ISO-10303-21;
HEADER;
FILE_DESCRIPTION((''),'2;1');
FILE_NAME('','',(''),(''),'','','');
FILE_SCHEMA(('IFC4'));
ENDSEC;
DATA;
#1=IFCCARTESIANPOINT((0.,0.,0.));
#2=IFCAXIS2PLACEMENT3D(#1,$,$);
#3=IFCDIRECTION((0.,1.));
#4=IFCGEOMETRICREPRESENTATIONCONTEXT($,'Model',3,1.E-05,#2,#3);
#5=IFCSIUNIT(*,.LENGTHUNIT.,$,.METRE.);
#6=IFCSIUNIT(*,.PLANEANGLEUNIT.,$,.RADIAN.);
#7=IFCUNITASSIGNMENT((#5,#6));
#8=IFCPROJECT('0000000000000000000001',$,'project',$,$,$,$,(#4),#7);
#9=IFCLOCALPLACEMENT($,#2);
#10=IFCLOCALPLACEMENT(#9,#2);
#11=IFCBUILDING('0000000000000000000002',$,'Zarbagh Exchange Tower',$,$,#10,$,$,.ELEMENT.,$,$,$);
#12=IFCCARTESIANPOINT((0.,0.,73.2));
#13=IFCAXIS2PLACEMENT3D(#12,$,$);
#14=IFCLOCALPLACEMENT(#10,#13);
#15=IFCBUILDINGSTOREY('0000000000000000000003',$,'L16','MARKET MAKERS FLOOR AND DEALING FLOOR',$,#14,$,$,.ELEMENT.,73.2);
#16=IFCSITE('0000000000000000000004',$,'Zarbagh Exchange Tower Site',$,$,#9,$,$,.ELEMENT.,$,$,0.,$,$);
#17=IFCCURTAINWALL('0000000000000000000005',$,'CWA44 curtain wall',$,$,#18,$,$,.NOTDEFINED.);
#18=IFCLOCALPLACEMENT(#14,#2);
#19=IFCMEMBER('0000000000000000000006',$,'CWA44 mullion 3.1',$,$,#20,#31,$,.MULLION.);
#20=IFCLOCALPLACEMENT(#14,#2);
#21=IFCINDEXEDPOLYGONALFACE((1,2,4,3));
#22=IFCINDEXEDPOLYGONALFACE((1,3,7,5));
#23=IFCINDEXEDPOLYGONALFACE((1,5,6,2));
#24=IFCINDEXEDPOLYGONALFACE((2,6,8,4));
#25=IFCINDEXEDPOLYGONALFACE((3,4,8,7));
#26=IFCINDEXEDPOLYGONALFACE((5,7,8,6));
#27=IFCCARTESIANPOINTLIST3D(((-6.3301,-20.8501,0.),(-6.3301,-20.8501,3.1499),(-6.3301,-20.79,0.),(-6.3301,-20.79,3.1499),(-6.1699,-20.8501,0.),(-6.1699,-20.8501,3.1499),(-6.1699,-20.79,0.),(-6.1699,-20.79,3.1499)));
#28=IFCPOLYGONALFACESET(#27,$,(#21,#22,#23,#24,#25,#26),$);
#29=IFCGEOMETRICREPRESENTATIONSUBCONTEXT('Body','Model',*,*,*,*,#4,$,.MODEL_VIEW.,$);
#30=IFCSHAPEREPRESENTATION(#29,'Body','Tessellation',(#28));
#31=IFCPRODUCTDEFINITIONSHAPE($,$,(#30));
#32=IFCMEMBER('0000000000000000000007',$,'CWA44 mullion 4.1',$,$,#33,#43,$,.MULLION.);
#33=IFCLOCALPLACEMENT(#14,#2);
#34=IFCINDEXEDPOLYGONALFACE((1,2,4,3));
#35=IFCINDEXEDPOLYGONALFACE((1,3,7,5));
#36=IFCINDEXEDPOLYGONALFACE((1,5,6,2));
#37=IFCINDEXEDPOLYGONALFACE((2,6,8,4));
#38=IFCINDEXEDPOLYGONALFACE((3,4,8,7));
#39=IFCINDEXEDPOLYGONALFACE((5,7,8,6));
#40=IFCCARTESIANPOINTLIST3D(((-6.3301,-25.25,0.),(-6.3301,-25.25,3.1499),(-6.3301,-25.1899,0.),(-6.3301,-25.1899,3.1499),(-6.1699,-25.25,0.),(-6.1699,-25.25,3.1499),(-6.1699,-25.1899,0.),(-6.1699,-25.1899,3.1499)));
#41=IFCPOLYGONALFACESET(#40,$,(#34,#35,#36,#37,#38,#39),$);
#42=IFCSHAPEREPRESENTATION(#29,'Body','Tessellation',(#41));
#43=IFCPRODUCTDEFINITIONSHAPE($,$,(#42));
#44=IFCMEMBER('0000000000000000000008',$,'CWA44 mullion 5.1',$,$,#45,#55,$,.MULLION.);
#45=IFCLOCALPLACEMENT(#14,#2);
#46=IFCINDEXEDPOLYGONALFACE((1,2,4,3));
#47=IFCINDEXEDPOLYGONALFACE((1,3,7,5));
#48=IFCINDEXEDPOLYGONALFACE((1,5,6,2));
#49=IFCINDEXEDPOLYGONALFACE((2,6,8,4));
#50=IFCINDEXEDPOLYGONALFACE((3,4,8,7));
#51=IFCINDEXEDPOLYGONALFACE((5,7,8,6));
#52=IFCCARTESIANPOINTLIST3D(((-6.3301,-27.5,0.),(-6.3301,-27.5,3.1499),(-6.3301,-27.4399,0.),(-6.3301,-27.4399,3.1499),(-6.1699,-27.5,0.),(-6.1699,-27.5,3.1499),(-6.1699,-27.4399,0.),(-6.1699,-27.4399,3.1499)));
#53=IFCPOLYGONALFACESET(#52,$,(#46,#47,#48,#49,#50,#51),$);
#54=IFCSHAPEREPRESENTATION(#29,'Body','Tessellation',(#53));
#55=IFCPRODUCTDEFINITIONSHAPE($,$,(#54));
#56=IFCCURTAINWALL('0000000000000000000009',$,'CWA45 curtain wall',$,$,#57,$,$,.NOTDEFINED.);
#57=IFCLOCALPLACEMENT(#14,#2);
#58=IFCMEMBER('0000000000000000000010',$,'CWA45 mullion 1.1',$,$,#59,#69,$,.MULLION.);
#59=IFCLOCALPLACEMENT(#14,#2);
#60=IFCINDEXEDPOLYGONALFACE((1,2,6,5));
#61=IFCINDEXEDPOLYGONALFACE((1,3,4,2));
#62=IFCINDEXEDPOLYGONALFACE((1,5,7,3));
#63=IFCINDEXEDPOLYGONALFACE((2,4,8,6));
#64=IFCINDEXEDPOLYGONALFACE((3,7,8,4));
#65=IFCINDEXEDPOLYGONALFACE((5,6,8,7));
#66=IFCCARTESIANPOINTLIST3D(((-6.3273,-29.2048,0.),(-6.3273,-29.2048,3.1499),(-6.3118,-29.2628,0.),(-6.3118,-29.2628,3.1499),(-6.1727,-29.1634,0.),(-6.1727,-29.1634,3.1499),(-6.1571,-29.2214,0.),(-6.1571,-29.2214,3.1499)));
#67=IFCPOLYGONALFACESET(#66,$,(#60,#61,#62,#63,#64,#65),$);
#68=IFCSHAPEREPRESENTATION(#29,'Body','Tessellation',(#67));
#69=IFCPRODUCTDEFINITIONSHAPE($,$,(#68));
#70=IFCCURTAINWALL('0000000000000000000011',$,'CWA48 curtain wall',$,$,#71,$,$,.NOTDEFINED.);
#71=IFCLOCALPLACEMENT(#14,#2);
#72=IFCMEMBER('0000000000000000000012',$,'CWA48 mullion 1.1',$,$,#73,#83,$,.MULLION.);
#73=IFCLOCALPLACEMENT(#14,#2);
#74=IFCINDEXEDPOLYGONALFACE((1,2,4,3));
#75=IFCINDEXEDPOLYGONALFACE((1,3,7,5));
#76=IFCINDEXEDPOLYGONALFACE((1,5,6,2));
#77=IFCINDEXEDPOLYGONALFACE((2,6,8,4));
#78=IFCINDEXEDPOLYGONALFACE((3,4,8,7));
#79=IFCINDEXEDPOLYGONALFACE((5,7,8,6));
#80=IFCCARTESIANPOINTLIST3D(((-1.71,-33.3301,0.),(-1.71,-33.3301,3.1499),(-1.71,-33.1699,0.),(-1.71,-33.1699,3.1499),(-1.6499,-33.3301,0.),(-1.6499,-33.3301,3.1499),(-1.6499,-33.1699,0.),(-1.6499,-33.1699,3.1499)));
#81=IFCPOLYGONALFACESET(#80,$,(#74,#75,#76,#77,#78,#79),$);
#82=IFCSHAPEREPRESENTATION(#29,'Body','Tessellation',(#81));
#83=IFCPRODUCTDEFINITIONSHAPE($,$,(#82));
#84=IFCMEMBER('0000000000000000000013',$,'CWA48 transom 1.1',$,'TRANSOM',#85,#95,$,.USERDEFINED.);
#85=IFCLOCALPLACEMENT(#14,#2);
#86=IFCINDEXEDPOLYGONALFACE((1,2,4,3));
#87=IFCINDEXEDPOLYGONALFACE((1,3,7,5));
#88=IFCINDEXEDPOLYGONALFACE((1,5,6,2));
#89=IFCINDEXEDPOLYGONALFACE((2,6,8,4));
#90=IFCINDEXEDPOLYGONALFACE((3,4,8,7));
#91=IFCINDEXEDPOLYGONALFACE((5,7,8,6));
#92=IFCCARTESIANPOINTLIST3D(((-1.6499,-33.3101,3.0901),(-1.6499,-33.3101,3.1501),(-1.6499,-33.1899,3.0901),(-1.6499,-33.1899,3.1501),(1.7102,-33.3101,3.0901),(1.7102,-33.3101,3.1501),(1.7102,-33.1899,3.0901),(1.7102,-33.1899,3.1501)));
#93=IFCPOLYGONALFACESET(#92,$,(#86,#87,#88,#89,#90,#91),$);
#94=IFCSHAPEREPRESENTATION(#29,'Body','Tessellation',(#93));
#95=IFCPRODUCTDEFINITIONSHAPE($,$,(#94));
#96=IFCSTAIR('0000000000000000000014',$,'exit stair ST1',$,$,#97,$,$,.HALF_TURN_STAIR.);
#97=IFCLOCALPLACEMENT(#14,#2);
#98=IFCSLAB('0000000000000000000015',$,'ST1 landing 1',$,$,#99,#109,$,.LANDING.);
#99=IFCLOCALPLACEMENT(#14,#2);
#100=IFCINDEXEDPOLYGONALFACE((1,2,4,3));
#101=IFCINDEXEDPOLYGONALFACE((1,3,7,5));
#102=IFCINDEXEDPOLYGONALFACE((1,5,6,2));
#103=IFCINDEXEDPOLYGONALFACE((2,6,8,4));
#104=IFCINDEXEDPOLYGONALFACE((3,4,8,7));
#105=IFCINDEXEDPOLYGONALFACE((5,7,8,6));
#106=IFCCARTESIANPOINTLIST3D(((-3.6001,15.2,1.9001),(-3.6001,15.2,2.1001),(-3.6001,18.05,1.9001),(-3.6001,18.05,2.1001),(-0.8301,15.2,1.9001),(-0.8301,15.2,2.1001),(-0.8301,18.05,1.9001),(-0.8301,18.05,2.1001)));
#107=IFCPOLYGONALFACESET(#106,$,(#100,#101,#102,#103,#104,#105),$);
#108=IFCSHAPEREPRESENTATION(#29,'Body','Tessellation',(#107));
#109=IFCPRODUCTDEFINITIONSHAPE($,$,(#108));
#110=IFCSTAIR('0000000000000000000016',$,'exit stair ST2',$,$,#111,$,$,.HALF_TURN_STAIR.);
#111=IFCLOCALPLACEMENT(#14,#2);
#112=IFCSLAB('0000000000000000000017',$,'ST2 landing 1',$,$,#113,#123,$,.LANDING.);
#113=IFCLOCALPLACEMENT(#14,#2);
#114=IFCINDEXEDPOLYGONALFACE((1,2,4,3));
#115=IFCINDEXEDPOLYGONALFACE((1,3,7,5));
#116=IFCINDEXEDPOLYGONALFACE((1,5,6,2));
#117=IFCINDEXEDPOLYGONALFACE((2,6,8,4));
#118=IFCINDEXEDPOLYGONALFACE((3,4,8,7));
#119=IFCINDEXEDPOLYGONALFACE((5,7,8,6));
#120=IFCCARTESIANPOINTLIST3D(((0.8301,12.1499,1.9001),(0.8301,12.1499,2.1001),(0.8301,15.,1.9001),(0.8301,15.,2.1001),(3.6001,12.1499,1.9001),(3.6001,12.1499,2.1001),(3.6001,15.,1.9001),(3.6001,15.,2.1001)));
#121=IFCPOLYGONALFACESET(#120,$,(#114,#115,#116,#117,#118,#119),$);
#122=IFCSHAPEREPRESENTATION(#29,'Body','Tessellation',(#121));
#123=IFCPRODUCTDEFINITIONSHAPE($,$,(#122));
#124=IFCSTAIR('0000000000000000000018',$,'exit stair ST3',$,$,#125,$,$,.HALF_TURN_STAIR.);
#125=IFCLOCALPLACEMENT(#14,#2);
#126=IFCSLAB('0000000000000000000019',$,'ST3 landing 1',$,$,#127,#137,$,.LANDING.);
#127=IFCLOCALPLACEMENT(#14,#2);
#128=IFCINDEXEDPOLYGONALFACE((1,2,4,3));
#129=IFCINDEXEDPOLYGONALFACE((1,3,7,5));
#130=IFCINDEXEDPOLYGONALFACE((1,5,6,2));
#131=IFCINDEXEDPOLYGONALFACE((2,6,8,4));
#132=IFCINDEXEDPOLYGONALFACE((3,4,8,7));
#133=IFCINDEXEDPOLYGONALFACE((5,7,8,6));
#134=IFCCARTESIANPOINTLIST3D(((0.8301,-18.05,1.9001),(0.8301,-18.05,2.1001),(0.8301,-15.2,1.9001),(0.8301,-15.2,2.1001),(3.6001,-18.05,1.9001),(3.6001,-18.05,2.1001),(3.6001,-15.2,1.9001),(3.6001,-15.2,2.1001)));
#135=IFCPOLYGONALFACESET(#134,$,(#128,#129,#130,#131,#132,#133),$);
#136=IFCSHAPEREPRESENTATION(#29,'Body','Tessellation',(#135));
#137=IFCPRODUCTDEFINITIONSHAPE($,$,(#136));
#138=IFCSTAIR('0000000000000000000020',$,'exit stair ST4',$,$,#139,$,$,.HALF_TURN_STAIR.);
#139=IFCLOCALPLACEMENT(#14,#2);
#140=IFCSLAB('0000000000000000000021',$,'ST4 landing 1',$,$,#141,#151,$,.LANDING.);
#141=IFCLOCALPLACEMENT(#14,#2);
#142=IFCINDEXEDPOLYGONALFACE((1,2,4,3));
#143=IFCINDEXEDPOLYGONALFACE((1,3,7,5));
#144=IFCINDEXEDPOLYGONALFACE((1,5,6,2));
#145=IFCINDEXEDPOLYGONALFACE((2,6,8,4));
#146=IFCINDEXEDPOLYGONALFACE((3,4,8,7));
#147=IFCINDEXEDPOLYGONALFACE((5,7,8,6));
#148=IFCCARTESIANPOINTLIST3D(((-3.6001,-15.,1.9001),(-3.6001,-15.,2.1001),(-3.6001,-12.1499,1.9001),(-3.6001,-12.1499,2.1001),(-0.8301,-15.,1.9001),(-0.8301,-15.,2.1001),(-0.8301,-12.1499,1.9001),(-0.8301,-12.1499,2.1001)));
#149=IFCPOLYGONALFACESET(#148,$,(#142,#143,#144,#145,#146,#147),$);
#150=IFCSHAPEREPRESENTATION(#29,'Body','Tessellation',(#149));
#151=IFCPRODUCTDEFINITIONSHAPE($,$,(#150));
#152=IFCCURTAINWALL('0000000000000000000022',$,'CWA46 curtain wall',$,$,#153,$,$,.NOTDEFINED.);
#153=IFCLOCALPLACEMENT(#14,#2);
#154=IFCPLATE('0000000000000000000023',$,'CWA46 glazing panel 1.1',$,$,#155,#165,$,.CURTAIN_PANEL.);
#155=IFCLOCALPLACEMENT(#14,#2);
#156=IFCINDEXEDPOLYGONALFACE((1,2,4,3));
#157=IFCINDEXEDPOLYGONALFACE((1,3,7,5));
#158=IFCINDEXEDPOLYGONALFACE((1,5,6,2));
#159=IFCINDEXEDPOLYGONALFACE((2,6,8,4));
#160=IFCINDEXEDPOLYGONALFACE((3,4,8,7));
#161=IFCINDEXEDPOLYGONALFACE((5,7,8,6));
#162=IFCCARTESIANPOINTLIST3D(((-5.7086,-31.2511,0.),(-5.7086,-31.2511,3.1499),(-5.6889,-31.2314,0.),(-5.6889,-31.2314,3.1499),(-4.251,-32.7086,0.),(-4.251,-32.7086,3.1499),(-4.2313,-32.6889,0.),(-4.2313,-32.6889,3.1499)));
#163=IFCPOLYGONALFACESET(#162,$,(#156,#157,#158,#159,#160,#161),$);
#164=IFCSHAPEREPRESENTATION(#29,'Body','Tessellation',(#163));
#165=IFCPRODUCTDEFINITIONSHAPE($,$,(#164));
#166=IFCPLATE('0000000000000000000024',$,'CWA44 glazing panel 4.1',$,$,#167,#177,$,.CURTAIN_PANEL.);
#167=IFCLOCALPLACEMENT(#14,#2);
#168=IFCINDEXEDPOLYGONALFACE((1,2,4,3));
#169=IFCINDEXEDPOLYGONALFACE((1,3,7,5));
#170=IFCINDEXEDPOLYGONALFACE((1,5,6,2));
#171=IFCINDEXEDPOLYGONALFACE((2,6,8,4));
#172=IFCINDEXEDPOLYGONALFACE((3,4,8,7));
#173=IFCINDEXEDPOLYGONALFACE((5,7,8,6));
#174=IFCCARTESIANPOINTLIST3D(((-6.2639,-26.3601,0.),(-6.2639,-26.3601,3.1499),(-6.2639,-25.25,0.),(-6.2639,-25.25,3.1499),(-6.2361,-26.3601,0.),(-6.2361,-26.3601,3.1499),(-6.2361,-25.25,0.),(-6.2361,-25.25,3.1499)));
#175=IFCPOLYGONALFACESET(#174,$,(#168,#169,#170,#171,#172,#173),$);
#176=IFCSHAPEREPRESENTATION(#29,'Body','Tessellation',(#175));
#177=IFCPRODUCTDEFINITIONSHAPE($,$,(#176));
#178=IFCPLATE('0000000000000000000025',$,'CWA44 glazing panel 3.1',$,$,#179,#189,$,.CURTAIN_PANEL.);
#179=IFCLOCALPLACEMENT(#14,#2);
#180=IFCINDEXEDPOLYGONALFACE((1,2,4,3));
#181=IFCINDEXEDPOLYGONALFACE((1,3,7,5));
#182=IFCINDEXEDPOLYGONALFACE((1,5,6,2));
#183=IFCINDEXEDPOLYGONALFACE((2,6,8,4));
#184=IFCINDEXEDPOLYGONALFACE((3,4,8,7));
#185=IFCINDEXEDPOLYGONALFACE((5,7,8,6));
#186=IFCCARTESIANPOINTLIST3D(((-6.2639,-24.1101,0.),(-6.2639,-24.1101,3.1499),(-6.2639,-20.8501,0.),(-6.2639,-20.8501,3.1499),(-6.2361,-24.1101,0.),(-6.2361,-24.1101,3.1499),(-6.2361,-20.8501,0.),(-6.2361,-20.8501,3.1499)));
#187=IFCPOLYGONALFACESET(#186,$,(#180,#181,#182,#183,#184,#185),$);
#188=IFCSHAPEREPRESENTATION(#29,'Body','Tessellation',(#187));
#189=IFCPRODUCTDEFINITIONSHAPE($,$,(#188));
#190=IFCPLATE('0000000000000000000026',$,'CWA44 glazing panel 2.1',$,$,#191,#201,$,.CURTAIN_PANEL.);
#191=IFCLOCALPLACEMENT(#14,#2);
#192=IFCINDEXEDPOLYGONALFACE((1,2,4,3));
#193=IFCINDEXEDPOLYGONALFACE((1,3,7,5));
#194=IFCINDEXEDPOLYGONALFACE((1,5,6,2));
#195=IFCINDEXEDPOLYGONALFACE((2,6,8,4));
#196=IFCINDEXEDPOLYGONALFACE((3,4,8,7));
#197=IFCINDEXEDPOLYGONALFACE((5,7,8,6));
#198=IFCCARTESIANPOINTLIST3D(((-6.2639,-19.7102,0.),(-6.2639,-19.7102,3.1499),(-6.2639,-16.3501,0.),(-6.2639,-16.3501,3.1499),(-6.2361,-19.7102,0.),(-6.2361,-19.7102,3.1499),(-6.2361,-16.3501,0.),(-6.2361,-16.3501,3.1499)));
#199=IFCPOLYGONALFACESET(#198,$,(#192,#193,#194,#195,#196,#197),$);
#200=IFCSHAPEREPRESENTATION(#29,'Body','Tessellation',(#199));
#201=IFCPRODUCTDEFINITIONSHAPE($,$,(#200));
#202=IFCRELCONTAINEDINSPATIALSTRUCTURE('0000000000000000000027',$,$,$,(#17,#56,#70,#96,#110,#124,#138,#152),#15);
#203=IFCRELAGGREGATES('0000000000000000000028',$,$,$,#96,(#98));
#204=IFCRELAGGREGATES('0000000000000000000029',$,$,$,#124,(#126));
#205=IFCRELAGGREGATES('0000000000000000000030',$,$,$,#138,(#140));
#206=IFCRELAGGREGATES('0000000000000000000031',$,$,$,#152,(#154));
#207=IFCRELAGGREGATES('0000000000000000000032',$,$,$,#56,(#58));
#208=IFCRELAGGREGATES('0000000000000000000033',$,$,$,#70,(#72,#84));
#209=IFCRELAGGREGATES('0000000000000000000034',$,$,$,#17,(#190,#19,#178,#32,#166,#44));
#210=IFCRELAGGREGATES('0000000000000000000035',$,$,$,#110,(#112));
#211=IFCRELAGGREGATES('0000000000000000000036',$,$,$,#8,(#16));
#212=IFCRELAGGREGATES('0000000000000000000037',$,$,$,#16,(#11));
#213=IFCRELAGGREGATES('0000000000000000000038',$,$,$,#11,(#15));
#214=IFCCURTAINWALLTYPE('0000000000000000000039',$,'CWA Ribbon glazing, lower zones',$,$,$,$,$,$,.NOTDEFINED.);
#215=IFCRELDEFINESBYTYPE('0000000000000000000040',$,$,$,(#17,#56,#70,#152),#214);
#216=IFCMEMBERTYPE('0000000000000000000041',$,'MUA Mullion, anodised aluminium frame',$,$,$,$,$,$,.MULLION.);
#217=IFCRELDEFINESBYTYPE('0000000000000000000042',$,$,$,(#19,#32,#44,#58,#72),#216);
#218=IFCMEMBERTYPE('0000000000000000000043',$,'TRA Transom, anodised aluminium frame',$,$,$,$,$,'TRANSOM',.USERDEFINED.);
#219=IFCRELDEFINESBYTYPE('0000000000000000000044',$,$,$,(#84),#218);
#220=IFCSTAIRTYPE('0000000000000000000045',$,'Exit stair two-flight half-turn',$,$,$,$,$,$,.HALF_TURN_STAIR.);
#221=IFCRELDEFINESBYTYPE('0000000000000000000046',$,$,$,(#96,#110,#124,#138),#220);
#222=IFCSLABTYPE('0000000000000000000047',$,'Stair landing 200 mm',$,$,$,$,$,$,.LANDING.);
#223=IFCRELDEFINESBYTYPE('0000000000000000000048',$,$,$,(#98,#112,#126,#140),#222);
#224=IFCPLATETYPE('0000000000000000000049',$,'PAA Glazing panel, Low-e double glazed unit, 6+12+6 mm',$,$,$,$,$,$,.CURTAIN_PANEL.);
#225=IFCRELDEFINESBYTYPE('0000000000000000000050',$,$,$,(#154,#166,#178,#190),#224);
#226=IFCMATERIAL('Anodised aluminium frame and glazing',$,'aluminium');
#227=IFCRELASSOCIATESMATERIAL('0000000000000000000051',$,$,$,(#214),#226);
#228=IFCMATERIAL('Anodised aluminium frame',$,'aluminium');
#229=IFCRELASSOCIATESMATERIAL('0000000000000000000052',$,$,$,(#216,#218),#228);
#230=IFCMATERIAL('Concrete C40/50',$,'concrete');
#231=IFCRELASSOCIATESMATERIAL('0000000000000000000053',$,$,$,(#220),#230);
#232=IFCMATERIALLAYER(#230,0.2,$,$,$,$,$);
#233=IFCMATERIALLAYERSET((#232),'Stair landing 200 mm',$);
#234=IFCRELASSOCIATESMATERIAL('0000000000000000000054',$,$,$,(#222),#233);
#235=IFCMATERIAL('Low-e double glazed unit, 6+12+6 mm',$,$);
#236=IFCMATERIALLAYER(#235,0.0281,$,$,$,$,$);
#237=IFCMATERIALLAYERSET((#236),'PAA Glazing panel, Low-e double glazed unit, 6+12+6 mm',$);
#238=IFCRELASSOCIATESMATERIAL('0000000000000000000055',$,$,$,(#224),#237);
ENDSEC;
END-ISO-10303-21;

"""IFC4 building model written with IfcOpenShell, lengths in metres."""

from ifc_helpers import new_model, si_unit, direction, frame, origin, place, context, subcontext, project, spatial, polyline, outline, extrude, source, transform, mapped, material, layer, layer_set, type_object, element, aggregate, save


model = new_model("IFC4")

# Units and contexts
model_context = context("Model", 3, precision=1e-05, world=origin(), true_north=direction((0.0, 1.0)))
body_context = subcontext(model_context, "Body", "Model", "MODEL_VIEW")
ifc_project = project(units=[si_unit("LENGTHUNIT", "METRE"), si_unit("PLANEANGLEUNIT", "RADIAN")], contexts=[model_context])

# Site, building, storey
site_placement = place(None, origin())
site = spatial("IfcSite", under=ifc_project, at=site_placement, Name="Zarbagh Exchange Tower Site", CompositionType="ELEMENT", RefElevation=0.0)
building_placement = place(site_placement, origin())
building = spatial("IfcBuilding", under=site, at=building_placement, Name="Zarbagh Exchange Tower", CompositionType="ELEMENT")
storey_placement = place(building_placement, frame((0.0, 0.0, 73.2)))
storey = spatial("IfcBuildingStorey", under=building, at=storey_placement, Name="L16", Description="MARKET MAKERS FLOOR AND DEALING FLOOR", CompositionType="ELEMENT", Elevation=73.2)

# Curtain wall, members
ifc_material_1 = material(Name="Anodised aluminium frame and glazing", Category="aluminium")
curtain_wall_type = type_object("IfcCurtainWallType", Name="CWA Ribbon glazing, lower zones", PredefinedType="NOTDEFINED", material=ifc_material_1)
curtain_wall_1_placement = place(storey_placement, origin())
curtain_wall_1 = element("IfcCurtainWall", 1, at=curtain_wall_1_placement, inside=storey, type_object=curtain_wall_type, Name="CWA44 curtain wall", PredefinedType="NOTDEFINED")
ifc_material_2 = material(Name="Anodised aluminium frame", Category="aluminium")
member_type_1 = type_object("IfcMemberType", Name="MUA Mullion, anodised aluminium frame", PredefinedType="MULLION", material=ifc_material_2)
shared_shape_1 = source(origin(), body_context, "Body", "SweptSolid", [
    extrude(outline(polyline([(0.0, -0.0801), (0.0601, -0.0801), (0.0601, 0.0801), (0.0, 0.0801), (0.0, -0.0801)])), origin(), (0.0, 0.0, 1.0), 3.1499),
])
placement = place(storey_placement, origin())
member_1 = element("IfcMember", 2, at=placement, type_object=member_type_1, Name="CWA44 mullion 3.1", PredefinedType="MULLION", context=body_context, shape_type="MappedRepresentation", body=[
    mapped(shared_shape_1, transform((-6.25, -20.79, 0.0), x_axis=(0.0, -1.0, 0.0), y_axis=(1.0, 0.0, 0.0), z_axis=(0.0, 0.0, 1.0))),
])
member_2 = element("IfcMember", 3, at=placement, type_object=member_type_1, Name="CWA44 mullion 4.1", PredefinedType="MULLION", context=body_context, shape_type="MappedRepresentation", body=[
    mapped(shared_shape_1, transform((-6.25, -25.1899, 0.0), x_axis=(0.0, -1.0, 0.0), y_axis=(1.0, 0.0, 0.0), z_axis=(0.0, 0.0, 1.0))),
])
member_3 = element("IfcMember", 4, at=placement, type_object=member_type_1, Name="CWA44 mullion 5.1", PredefinedType="MULLION", context=body_context, shape_type="MappedRepresentation", body=[
    mapped(shared_shape_1, transform((-6.25, -27.4399, 0.0), x_axis=(0.0, -1.0, 0.0), y_axis=(1.0, 0.0, 0.0), z_axis=(0.0, 0.0, 1.0))),
])

# Curtain wall, member
curtain_wall_2_placement = place(storey_placement, origin())
curtain_wall_2 = element("IfcCurtainWall", 5, at=curtain_wall_2_placement, inside=storey, type_object=curtain_wall_type, Name="CWA45 curtain wall", PredefinedType="NOTDEFINED")
member_4 = element("IfcMember", 6, at=placement, type_object=member_type_1, Name="CWA45 mullion 1.1", PredefinedType="MULLION", context=body_context, shape_type="MappedRepresentation", body=[
    mapped(shared_shape_1, transform((-6.25, -29.1841, 0.0), x_axis=(0.258825, -0.965924, 0.0), y_axis=(0.965924, 0.258825, 0.0), z_axis=(0.0, 0.0, 1.0))),
])

# Curtain wall, members
curtain_wall_3_placement = place(storey_placement, origin())
curtain_wall_3 = element("IfcCurtainWall", 7, at=curtain_wall_3_placement, inside=storey, type_object=curtain_wall_type, Name="CWA48 curtain wall", PredefinedType="NOTDEFINED")
member_5 = element("IfcMember", 8, at=placement, type_object=member_type_1, Name="CWA48 mullion 1.1", PredefinedType="MULLION", context=body_context, shape_type="MappedRepresentation", body=[
    mapped(shared_shape_1, transform((-1.71, -33.25, 0.0), x_axis=(1.0, 0.0, 0.0), y_axis=(0.0, 1.0, 0.0), z_axis=(0.0, 0.0, 1.0))),
])
member_type_2 = type_object("IfcMemberType", Name="TRA Transom, anodised aluminium frame", ElementType="TRANSOM", PredefinedType="USERDEFINED", material=ifc_material_2)
shared_shape_2 = source(origin(), body_context, "Body", "SweptSolid", [
    extrude(outline(polyline([(-0.0601, -0.0601), (0.0, -0.0601), (0.0, 0.0601), (-0.0601, 0.0601), (-0.0601, -0.0601)])), origin(), (0.0, 0.0, 1.0), 3.3601),
])
member_6 = element("IfcMember", 9, at=placement, type_object=member_type_2, Name="CWA48 transom 1.1", ObjectType="TRANSOM", PredefinedType="USERDEFINED", context=body_context, shape_type="MappedRepresentation", body=[
    mapped(shared_shape_2, transform((-1.6499, -33.25, 3.1501), x_axis=(0.0, 0.0, 1.0), y_axis=(0.0, -1.0, 0.0), z_axis=(1.0, 0.0, 0.0))),
])

# Stairs, slabs
ifc_material_3 = material(Name="Concrete C40/50", Category="concrete")
stair_type = type_object("IfcStairType", Name="Exit stair two-flight half-turn", PredefinedType="HALF_TURN_STAIR", material=ifc_material_3)
stair_1_placement = place(storey_placement, origin())
stair_1 = element("IfcStair", 10, at=stair_1_placement, inside=storey, type_object=stair_type, Name="exit stair ST1", PredefinedType="HALF_TURN_STAIR")
ifc_layer_1 = layer(ifc_material_3, 0.2)
ifc_layer_set_1 = layer_set([ifc_layer_1], Name="Stair landing 200 mm")
slab_type = type_object("IfcSlabType", Name="Stair landing 200 mm", PredefinedType="LANDING", material=ifc_layer_set_1)
slab_1_placement = place(storey_placement, frame((0.0, 0.0, 1.9001)))
slab_1 = element("IfcSlab", 11, at=slab_1_placement, type_object=slab_type, Name="ST1 landing 1", PredefinedType="LANDING", context=body_context, shape_type="SweptSolid", body=[
    extrude(outline(polyline([(-0.8301, 18.05), (-3.6001, 18.05), (-3.6001, 15.2), (-0.8301, 15.2), (-0.8301, 18.05)])), origin(), (0.0, 0.0, 1.0), 0.2),
])
aggregate(stair_1, [slab_1])
stair_2_placement = place(storey_placement, origin())
stair_2 = element("IfcStair", 12, at=stair_2_placement, inside=storey, type_object=stair_type, Name="exit stair ST2", PredefinedType="HALF_TURN_STAIR")
slab_2_placement = place(storey_placement, frame((0.0, 0.0, 1.9001)))
slab_2 = element("IfcSlab", 13, at=slab_2_placement, type_object=slab_type, Name="ST2 landing 1", PredefinedType="LANDING", context=body_context, shape_type="SweptSolid", body=[
    extrude(outline(polyline([(0.8301, 12.1499), (3.6001, 12.1499), (3.6001, 15.0), (0.8301, 15.0), (0.8301, 12.1499)])), origin(), (0.0, 0.0, 1.0), 0.2),
])
stair_3_placement = place(storey_placement, origin())
stair_3 = element("IfcStair", 14, at=stair_3_placement, inside=storey, type_object=stair_type, Name="exit stair ST3", PredefinedType="HALF_TURN_STAIR")
slab_3_placement = place(storey_placement, frame((0.0, 0.0, 1.9001)))
slab_3 = element("IfcSlab", 15, at=slab_3_placement, type_object=slab_type, Name="ST3 landing 1", PredefinedType="LANDING", context=body_context, shape_type="SweptSolid", body=[
    extrude(outline(polyline([(0.8301, -18.05), (3.6001, -18.05), (3.6001, -15.2), (0.8301, -15.2), (0.8301, -18.05)])), origin(), (0.0, 0.0, 1.0), 0.2),
])
aggregate(stair_3, [slab_3])
stair_4_placement = place(storey_placement, origin())
stair_4 = element("IfcStair", 16, at=stair_4_placement, inside=storey, type_object=stair_type, Name="exit stair ST4", PredefinedType="HALF_TURN_STAIR")
slab_4_placement = place(storey_placement, frame((0.0, 0.0, 1.9001)))
slab_4 = element("IfcSlab", 17, at=slab_4_placement, type_object=slab_type, Name="ST4 landing 1", PredefinedType="LANDING", context=body_context, shape_type="SweptSolid", body=[
    extrude(outline(polyline([(-0.8301, -12.1499), (-3.6001, -12.1499), (-3.6001, -15.0), (-0.8301, -15.0), (-0.8301, -12.1499)])), origin(), (0.0, 0.0, 1.0), 0.2),
])
aggregate(stair_4, [slab_4])

# Curtain wall, plate
curtain_wall_4_placement = place(storey_placement, origin())
curtain_wall_4 = element("IfcCurtainWall", 18, at=curtain_wall_4_placement, inside=storey, type_object=curtain_wall_type, Name="CWA46 curtain wall", PredefinedType="NOTDEFINED")
ifc_material_4 = material(Name="Low-e double glazed unit, 6+12+6 mm")
ifc_layer_2 = layer(ifc_material_4, 0.0281)
ifc_layer_set_2 = layer_set([ifc_layer_2], Name="PAA Glazing panel, Low-e double glazed unit, 6+12+6 mm")
plate_type = type_object("IfcPlateType", Name="PAA Glazing panel, Low-e double glazed unit, 6+12+6 mm", PredefinedType="CURTAIN_PANEL", material=ifc_layer_set_2)
shared_shape_3 = source(origin(), body_context, "Body", "SweptSolid", [
    extrude(outline(polyline([(0.0, -0.0139), (2.0613, -0.0139), (2.0613, 0.0139), (0.0, 0.0139), (0.0, -0.0139)])), origin(), (0.0, 0.0, 1.0), 3.1499),
])
plate_1 = element("IfcPlate", 19, at=placement, type_object=plate_type, Name="CWA46 glazing panel 1.1", PredefinedType="CURTAIN_PANEL", context=body_context, shape_type="MappedRepresentation", body=[
    mapped(shared_shape_3, transform((-5.6987, -31.2412, 0.0), x_axis=(0.707107, -0.707107, 0.0), y_axis=(0.707107, 0.707107, 0.0), z_axis=(0.0, 0.0, 1.0))),
])
aggregate(curtain_wall_4, [plate_1])

# Plates
shared_shape_4 = source(origin(), body_context, "Body", "SweptSolid", [
    extrude(outline(polyline([(0.0, -0.0139), (1.1101, -0.0139), (1.1101, 0.0139), (0.0, 0.0139), (0.0, -0.0139)])), origin(), (0.0, 0.0, 1.0), 3.1499),
])
plate_2 = element("IfcPlate", 20, at=placement, type_object=plate_type, Name="CWA44 glazing panel 4.1", PredefinedType="CURTAIN_PANEL", context=body_context, shape_type="MappedRepresentation", body=[
    mapped(shared_shape_4, transform((-6.25, -25.25, 0.0), x_axis=(0.0, -1.0, 0.0), y_axis=(1.0, 0.0, 0.0), z_axis=(0.0, 0.0, 1.0))),
])
shared_shape_5 = source(origin(), body_context, "Body", "SweptSolid", [
    extrude(outline(polyline([(0.0, -0.0139), (3.26, -0.0139), (3.26, 0.0139), (0.0, 0.0139), (0.0, -0.0139)])), origin(), (0.0, 0.0, 1.0), 3.1499),
])
plate_3 = element("IfcPlate", 21, at=placement, type_object=plate_type, Name="CWA44 glazing panel 3.1", PredefinedType="CURTAIN_PANEL", context=body_context, shape_type="MappedRepresentation", body=[
    mapped(shared_shape_5, transform((-6.25, -20.8501, 0.0), x_axis=(0.0, -1.0, 0.0), y_axis=(1.0, 0.0, 0.0), z_axis=(0.0, 0.0, 1.0))),
])
shared_shape_6 = source(origin(), body_context, "Body", "SweptSolid", [
    extrude(outline(polyline([(0.0, -0.0139), (3.3601, -0.0139), (3.3601, 0.0139), (0.0, 0.0139), (0.0, -0.0139)])), origin(), (0.0, 0.0, 1.0), 3.1499),
])
plate_4 = element("IfcPlate", 22, at=placement, type_object=plate_type, Name="CWA44 glazing panel 2.1", PredefinedType="CURTAIN_PANEL", context=body_context, shape_type="MappedRepresentation", body=[
    mapped(shared_shape_6, transform((-6.25, -16.3501, 0.0), x_axis=(0.0, -1.0, 0.0), y_axis=(1.0, 0.0, 0.0), z_axis=(0.0, 0.0, 1.0))),
])
aggregate(curtain_wall_2, [member_4])

aggregate(curtain_wall_3, [member_5, member_6])
aggregate(curtain_wall_1, [plate_4, member_1, plate_3, member_2, plate_2, member_3])

aggregate(stair_2, [slab_2])

save(model, "model.ifc")
